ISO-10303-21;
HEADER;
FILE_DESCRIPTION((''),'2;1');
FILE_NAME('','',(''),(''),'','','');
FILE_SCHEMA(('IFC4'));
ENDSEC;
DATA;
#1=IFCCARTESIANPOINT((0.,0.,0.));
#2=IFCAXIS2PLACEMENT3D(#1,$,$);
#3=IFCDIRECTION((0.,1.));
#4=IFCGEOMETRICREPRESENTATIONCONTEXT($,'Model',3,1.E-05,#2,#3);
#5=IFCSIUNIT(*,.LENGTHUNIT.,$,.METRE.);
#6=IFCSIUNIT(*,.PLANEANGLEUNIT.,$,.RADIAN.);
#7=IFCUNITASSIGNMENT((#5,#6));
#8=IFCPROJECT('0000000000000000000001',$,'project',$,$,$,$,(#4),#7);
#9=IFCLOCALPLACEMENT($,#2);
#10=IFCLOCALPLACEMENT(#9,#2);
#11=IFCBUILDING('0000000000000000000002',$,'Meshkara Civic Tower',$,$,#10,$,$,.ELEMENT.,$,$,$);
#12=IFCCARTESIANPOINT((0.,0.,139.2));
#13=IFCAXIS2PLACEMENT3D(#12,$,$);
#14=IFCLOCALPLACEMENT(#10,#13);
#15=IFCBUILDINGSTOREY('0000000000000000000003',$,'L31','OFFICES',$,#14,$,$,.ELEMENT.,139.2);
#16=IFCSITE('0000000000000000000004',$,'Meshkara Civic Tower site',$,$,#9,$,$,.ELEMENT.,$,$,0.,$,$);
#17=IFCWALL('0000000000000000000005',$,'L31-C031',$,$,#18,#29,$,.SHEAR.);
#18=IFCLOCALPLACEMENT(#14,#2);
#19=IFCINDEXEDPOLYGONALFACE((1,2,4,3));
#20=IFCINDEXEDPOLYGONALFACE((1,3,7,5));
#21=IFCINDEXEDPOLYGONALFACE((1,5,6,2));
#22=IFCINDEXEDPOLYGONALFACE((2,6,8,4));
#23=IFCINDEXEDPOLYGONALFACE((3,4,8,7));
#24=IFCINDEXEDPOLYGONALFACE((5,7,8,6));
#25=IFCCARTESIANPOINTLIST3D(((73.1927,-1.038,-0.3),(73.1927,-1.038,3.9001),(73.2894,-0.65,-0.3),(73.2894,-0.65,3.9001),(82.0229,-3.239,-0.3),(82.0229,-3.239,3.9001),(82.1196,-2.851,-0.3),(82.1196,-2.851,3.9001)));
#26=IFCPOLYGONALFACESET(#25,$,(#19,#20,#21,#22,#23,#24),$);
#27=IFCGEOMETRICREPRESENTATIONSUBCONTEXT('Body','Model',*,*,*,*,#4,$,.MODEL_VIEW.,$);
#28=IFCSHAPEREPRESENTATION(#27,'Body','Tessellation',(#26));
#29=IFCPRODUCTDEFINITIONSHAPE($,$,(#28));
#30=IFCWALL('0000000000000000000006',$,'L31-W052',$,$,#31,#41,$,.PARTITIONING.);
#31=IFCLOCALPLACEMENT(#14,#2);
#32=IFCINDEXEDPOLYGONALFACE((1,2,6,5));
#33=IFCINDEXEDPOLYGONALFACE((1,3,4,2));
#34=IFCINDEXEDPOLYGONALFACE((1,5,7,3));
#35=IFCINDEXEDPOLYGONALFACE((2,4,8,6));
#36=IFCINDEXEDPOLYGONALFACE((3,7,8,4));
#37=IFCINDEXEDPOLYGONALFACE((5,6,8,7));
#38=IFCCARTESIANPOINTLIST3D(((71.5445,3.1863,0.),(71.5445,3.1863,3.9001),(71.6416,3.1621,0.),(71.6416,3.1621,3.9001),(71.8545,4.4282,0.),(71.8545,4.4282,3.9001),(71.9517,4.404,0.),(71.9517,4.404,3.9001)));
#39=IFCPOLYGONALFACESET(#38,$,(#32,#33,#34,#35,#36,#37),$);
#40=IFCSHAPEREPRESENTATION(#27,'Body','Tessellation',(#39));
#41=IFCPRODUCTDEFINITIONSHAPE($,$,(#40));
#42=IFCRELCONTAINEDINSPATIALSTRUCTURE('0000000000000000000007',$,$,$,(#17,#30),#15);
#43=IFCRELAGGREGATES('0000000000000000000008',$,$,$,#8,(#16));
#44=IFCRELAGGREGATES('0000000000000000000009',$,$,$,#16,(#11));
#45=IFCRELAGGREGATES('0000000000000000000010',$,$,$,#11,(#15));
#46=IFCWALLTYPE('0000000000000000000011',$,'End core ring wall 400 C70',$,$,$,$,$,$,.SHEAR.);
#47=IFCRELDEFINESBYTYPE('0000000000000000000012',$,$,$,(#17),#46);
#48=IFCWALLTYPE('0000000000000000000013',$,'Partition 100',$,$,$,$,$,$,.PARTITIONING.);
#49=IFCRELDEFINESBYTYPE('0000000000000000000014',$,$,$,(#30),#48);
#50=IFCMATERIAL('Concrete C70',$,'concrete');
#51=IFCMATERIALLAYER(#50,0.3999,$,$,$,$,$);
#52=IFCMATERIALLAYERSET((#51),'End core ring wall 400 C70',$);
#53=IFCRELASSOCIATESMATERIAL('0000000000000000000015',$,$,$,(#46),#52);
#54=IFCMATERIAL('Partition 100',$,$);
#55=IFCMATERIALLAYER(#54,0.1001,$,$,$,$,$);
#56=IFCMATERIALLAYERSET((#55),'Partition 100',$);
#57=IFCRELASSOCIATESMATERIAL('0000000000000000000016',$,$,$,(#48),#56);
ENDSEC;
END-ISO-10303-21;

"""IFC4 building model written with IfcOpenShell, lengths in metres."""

from ifc_helpers import new_model, si_unit, direction, frame, frame_2d, origin, place, context, subcontext, project, spatial, rectangle, extrude, material, layer, layer_set, type_object, element, save


model = new_model("IFC4")

# Units and contexts
model_context = context("Model", 3, precision=1e-05, world=origin(), true_north=direction((0.0, 1.0)))
body_context = subcontext(model_context, "Body", "Model", "MODEL_VIEW")
ifc_project = project(units=[si_unit("LENGTHUNIT", "METRE"), si_unit("PLANEANGLEUNIT", "RADIAN")], contexts=[model_context])

# Site, building, storey
site_placement = place(None, origin())
site = spatial("IfcSite", under=ifc_project, at=site_placement, Name="Meshkara Civic Tower site", CompositionType="ELEMENT", RefElevation=0.0)
building_placement = place(site_placement, origin())
building = spatial("IfcBuilding", under=site, at=building_placement, Name="Meshkara Civic Tower", CompositionType="ELEMENT")
storey_placement = place(building_placement, frame((0.0, 0.0, 139.2)))
storey = spatial("IfcBuildingStorey", under=building, at=storey_placement, Name="L31", Description="OFFICES", CompositionType="ELEMENT", Elevation=139.2)

# Walls
ifc_material_1 = material(Name="Concrete C70", Category="concrete")
ifc_layer_1 = layer(ifc_material_1, 0.3999)
ifc_layer_set_1 = layer_set([ifc_layer_1], Name="End core ring wall 400 C70")
wall_type_1 = type_object("IfcWallType", Name="End core ring wall 400 C70", PredefinedType="SHEAR", material=ifc_layer_set_1)
wall_1_placement = place(storey_placement, frame((73.241, -0.844, -0.3), z_axis=(0.0, 0.0, 1.0), x_axis=(0.970313, -0.241854, 0.0)))
element("IfcWall", 1, at=wall_1_placement, inside=storey, type_object=wall_type_1, Name="L31-C031", PredefinedType="SHEAR", context=body_context, shape_type="SweptSolid", body=[
    extrude(rectangle(XDim=9.1003, YDim=0.3999, at=frame_2d((4.5503, 0.0))), origin(), (0.0, 0.0, 1.0), 4.2002),
])
ifc_material_2 = material(Name="Partition 100")
ifc_layer_2 = layer(ifc_material_2, 0.1001)
ifc_layer_set_2 = layer_set([ifc_layer_2], Name="Partition 100")
wall_type_2 = type_object("IfcWallType", Name="Partition 100", PredefinedType="PARTITIONING", material=ifc_layer_set_2)
wall_2_placement = place(storey_placement, frame((71.593, 3.1741, 0.0), z_axis=(0.0, 0.0, 1.0), x_axis=(0.242221, 0.970221, 0.0)))
element("IfcWall", 2, at=wall_2_placement, inside=storey, type_object=wall_type_2, Name="L31-W052", PredefinedType="PARTITIONING", context=body_context, shape_type="SweptSolid", body=[
    extrude(rectangle(XDim=1.28, YDim=0.1001, at=frame_2d((0.6401, 0.0))), origin(), (0.0, 0.0, 1.0), 3.9001),
])

save(model, "model.ifc")
